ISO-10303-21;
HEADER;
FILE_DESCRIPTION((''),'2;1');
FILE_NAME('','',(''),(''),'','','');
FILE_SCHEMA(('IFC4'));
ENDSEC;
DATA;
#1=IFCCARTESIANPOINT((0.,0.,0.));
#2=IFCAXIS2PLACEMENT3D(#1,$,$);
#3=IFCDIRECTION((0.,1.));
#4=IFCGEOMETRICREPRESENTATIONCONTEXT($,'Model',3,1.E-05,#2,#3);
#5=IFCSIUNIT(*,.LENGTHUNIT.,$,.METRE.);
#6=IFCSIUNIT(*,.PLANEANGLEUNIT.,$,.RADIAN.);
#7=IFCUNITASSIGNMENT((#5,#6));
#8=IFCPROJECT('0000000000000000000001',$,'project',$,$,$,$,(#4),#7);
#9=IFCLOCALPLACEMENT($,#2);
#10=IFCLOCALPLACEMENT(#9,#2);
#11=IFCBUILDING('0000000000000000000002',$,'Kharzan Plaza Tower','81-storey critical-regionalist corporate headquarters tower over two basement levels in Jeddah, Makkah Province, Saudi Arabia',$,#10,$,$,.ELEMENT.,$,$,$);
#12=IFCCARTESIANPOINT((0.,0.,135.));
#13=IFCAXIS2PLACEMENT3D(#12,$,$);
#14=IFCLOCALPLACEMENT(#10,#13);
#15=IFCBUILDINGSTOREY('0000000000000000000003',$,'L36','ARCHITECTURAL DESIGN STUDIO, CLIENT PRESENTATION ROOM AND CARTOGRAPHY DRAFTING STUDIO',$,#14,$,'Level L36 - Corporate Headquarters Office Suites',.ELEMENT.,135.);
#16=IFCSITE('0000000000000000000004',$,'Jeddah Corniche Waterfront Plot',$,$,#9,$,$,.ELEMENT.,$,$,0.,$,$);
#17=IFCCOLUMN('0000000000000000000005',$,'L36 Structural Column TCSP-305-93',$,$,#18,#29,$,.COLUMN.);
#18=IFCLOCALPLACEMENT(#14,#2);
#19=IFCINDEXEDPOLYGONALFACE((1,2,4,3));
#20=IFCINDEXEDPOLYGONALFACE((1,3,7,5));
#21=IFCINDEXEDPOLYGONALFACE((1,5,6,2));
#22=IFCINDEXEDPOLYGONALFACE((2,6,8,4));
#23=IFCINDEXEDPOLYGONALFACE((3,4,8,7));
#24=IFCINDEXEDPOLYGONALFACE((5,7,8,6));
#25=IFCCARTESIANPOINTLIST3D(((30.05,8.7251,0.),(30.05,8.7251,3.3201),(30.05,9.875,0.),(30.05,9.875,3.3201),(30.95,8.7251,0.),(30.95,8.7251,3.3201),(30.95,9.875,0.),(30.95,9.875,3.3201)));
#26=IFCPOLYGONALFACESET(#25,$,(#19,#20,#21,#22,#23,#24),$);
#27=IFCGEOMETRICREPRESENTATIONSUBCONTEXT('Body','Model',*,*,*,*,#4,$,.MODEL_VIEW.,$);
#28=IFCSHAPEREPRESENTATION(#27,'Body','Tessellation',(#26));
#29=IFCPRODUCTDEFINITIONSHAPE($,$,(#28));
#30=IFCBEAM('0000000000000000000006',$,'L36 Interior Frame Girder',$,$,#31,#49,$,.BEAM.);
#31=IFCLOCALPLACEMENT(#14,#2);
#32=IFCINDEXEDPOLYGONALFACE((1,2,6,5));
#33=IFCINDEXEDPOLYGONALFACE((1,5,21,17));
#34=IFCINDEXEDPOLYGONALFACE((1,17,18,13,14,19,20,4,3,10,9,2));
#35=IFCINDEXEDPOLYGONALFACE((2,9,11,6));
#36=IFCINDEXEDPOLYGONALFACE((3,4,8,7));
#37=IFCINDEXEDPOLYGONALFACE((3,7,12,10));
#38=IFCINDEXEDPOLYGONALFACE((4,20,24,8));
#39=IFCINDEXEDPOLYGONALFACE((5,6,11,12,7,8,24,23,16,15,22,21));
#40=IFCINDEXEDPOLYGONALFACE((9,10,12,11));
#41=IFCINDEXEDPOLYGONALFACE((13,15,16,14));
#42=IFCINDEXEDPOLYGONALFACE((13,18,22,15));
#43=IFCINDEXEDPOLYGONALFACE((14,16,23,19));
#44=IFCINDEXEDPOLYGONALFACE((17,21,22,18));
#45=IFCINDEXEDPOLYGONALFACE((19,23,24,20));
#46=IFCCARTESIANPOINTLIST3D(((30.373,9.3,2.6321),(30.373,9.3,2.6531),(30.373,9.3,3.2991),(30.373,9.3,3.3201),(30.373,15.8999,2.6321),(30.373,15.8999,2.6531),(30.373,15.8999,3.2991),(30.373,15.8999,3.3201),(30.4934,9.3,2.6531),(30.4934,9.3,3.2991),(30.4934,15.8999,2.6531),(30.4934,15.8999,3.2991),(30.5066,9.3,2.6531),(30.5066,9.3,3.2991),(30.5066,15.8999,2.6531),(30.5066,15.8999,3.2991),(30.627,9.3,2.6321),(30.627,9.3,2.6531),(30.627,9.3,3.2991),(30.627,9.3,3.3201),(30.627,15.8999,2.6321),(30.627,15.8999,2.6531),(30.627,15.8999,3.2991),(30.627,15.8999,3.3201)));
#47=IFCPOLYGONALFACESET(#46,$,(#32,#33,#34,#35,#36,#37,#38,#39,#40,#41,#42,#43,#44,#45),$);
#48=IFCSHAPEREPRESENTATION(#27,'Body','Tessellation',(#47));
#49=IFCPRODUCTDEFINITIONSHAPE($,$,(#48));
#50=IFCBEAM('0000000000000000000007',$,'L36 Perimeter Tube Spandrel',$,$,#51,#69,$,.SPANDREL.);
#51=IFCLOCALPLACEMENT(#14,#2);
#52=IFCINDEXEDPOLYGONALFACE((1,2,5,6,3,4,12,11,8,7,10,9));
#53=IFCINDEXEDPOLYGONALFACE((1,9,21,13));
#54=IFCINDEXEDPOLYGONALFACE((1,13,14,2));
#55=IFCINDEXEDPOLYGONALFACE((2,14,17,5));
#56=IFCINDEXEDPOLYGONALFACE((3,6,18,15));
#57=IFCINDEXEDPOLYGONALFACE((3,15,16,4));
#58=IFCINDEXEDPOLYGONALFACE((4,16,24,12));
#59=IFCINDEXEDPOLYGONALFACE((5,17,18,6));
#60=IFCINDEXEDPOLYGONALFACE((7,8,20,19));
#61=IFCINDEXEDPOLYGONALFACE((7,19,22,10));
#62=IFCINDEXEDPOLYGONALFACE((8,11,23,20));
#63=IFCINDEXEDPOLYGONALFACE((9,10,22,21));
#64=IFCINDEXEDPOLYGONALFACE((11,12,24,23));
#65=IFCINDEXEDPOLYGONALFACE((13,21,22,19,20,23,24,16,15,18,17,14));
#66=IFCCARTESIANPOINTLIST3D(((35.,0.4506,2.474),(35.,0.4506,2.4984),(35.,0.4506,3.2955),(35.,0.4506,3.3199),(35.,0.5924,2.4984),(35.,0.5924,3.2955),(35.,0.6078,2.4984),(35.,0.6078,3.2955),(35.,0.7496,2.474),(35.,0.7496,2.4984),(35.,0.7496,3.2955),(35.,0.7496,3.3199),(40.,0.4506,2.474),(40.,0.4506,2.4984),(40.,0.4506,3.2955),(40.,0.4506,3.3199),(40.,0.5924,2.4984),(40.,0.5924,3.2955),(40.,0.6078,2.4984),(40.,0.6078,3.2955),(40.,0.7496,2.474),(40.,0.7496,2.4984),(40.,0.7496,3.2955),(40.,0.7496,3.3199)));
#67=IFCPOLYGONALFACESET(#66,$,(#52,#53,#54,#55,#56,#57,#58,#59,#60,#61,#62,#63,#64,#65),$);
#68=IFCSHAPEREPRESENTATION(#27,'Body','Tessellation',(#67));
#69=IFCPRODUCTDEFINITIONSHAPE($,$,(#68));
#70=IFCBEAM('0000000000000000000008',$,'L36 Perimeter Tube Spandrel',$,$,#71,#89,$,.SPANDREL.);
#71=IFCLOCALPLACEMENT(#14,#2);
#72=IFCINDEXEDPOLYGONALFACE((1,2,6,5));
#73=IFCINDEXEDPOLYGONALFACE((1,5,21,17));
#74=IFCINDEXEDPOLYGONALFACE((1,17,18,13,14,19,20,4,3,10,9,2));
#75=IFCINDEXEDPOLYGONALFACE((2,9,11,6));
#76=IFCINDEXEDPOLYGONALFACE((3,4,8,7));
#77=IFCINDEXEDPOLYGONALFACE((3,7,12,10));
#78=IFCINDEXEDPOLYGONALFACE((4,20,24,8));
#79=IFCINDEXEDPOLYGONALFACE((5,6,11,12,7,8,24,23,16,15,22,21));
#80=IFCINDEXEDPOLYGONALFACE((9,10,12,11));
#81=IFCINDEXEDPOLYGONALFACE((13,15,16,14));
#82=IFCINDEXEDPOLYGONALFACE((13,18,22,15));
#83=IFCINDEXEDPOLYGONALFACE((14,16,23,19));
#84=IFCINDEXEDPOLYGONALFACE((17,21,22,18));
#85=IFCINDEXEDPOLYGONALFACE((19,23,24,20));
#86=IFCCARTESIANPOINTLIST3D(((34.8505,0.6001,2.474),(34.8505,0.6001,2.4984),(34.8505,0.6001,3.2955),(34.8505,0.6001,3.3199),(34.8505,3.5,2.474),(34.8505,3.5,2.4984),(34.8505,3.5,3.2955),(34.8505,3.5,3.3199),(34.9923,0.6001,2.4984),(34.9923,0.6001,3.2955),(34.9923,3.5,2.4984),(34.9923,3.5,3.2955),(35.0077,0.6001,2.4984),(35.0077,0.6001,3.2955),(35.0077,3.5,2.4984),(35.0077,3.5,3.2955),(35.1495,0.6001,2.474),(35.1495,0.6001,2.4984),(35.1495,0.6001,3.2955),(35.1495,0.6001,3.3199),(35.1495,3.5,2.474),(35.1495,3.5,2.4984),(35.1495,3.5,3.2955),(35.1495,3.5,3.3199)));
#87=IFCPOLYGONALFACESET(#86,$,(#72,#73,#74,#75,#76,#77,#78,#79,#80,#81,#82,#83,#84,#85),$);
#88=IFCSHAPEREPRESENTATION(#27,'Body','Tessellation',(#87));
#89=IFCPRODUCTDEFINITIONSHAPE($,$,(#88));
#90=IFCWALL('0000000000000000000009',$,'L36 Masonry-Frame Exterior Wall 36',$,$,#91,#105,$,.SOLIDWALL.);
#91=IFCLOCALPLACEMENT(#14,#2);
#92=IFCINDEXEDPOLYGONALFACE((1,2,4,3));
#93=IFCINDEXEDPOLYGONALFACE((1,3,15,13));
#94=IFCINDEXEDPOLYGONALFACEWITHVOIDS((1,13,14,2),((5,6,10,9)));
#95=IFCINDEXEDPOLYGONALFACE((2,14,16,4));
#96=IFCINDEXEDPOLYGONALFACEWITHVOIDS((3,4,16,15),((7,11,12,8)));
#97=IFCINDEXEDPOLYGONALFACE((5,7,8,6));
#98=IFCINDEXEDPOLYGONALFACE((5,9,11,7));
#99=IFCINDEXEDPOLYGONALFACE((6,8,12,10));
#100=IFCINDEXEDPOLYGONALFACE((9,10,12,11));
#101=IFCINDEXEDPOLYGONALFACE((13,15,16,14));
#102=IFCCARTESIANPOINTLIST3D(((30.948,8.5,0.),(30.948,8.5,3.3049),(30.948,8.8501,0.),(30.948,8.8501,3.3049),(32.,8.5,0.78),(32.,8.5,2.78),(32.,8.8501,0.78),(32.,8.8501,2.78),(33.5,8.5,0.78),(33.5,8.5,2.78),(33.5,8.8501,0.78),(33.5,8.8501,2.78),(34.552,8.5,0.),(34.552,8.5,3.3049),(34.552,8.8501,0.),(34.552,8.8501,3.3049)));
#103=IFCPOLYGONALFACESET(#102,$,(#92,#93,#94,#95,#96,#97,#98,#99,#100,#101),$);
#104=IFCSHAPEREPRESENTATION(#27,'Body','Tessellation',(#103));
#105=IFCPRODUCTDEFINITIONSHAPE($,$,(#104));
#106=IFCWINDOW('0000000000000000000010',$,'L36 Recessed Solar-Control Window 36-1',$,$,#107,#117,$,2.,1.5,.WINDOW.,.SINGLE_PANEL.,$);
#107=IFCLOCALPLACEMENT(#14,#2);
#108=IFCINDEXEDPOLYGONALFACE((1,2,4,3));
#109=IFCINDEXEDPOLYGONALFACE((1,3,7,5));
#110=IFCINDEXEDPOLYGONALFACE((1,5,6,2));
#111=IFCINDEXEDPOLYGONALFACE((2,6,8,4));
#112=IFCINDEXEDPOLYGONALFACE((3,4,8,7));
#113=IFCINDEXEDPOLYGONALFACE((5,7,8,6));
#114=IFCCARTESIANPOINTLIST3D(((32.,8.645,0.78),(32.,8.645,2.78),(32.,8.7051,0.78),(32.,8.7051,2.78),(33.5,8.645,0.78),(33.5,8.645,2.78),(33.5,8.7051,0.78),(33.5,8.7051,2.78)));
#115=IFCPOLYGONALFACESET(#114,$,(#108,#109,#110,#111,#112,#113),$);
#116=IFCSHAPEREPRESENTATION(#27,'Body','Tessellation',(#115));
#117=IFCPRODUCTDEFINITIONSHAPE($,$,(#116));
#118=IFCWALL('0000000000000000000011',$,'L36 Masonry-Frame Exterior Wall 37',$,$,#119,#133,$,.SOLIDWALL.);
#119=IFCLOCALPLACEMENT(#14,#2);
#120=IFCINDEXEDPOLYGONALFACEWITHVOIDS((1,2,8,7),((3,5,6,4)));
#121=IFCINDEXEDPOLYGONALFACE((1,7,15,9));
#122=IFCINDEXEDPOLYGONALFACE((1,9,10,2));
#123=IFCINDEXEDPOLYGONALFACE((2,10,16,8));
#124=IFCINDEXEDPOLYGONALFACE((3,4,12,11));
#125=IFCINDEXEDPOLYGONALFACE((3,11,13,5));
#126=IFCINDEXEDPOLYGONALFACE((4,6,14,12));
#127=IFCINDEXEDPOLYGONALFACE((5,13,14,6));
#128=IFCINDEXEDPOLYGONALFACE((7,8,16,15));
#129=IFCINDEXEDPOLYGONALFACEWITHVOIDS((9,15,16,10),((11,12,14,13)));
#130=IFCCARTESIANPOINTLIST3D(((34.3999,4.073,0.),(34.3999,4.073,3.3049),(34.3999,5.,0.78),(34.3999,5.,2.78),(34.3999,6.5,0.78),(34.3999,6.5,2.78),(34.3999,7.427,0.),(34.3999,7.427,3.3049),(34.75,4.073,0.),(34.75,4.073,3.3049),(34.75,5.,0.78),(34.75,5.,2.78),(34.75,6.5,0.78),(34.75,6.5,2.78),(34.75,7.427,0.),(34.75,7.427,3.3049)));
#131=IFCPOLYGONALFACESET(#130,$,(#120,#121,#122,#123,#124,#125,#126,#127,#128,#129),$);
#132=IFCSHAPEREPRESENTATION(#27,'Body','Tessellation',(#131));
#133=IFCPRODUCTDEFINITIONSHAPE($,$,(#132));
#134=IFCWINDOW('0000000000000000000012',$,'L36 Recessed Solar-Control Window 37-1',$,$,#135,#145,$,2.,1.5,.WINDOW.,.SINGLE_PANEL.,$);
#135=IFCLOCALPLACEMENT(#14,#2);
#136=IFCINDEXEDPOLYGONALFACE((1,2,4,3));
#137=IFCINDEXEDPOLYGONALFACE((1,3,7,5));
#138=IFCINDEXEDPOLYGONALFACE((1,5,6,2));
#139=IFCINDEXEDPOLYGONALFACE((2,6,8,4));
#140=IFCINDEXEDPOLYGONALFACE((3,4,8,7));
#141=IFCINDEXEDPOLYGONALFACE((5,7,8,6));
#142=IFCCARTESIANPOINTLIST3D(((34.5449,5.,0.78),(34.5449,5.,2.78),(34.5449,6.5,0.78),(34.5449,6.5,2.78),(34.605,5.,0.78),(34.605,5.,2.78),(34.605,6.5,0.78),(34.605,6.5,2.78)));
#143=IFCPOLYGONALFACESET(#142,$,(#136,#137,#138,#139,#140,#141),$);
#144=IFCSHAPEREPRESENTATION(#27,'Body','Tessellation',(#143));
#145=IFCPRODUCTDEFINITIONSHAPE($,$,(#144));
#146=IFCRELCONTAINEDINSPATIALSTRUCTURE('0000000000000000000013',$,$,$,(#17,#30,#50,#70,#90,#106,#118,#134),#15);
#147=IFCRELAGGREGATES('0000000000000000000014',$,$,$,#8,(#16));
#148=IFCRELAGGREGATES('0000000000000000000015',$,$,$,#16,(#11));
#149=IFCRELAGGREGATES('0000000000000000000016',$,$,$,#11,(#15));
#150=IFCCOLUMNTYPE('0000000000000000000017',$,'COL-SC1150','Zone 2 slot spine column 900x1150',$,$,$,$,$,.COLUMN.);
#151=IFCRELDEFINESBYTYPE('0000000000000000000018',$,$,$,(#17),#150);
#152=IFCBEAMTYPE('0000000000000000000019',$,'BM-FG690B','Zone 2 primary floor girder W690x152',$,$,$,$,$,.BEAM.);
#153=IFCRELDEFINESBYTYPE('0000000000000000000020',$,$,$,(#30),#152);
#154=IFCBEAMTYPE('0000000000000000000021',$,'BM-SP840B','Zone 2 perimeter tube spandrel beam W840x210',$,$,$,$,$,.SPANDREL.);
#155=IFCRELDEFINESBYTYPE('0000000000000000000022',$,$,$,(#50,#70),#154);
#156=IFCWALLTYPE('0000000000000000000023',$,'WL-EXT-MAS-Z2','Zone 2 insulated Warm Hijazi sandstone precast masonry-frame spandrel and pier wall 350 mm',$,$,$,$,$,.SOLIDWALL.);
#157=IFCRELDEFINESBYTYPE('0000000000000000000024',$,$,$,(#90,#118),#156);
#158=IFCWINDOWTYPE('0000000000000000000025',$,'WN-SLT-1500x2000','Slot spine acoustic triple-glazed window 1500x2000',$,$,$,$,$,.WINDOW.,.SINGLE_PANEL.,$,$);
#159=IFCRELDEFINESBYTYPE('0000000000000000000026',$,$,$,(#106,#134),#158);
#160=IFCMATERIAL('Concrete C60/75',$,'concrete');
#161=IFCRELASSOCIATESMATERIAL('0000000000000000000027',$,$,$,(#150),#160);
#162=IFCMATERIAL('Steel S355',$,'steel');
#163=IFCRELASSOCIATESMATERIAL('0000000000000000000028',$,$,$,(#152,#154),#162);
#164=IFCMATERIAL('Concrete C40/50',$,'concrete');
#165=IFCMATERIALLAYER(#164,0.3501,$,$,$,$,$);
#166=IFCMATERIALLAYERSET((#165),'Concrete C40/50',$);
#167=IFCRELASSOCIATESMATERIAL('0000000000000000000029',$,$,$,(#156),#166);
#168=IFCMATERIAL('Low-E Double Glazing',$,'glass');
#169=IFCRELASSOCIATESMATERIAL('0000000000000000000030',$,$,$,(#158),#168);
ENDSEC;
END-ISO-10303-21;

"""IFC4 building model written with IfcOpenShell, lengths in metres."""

from ifc_helpers import new_model, si_unit, direction, frame, frame_2d, origin, origin_2d, place, context, subcontext, project, spatial, rectangle, i_section, extrude, source, transform, mapped, material, layer, layer_set, material_profile, profile_set, type_object, element, fill, save


model = new_model("IFC4")

# Units and contexts
model_context = context("Model", 3, precision=1e-05, world=origin(), true_north=direction((0.0, 1.0)))
body_context = subcontext(model_context, "Body", "Model", "MODEL_VIEW")
ifc_project = project(units=[si_unit("LENGTHUNIT", "METRE"), si_unit("PLANEANGLEUNIT", "RADIAN")], contexts=[model_context])

# Site, building, storey
site_placement = place(None, origin())
site = spatial("IfcSite", under=ifc_project, at=site_placement, Name="Jeddah Corniche Waterfront Plot", CompositionType="ELEMENT", RefElevation=0.0)
building_placement = place(site_placement, origin())
building = spatial("IfcBuilding", under=site, at=building_placement, Name="Kharzan Plaza Tower", Description="81-storey critical-regionalist corporate headquarters tower over two basement levels in Jeddah, Makkah Province, Saudi Arabia", CompositionType="ELEMENT")
storey_placement = place(building_placement, frame((0.0, 0.0, 135.0)))
storey = spatial("IfcBuildingStorey", under=building, at=storey_placement, Name="L36", Description="ARCHITECTURAL DESIGN STUDIO, CLIENT PRESENTATION ROOM AND CARTOGRAPHY DRAFTING STUDIO", LongName="Level L36 - Corporate Headquarters Office Suites", CompositionType="ELEMENT", Elevation=135.0)

# Column
ifc_material_1 = material(Name="Concrete C60/75", Category="concrete")
ifc_material_profile_1 = material_profile(ifc_material_1, rectangle(XDim=0.8999, YDim=1.1499, at=origin_2d()), Name="RC-SC1150x900")
ifc_profile_set_1 = profile_set([ifc_material_profile_1], Name="Concrete C60/75")
column_type = type_object("IfcColumnType", Name="COL-SC1150", Description="Zone 2 slot spine column 900x1150", PredefinedType="COLUMN", material=ifc_profile_set_1)
shared_shape_1 = source(origin(), body_context, "Body", "SweptSolid", [
    extrude(rectangle(XDim=0.8999, YDim=1.1499, at=origin_2d()), origin(), (0.0, 0.0, 1.0), 3.3201),
])
column_placement = place(storey_placement, frame((30.5, 9.3, 0.0), z_axis=(0.0, 0.0, 1.0), x_axis=(1.0, 0.0, 0.0)))
element("IfcColumn", 1, at=column_placement, inside=storey, type_object=column_type, Name="L36 Structural Column TCSP-305-93", PredefinedType="COLUMN", context=body_context, shape_type="MappedRepresentation", body=[
    mapped(shared_shape_1, transform((0.0, 0.0, 0.0), x_axis=(1.0, 0.0, 0.0), y_axis=(0.0, 1.0, 0.0), z_axis=(0.0, 0.0, 1.0))),
])

# Beams
ifc_material_2 = material(Name="Steel S355", Category="steel")
ifc_material_profile_2 = material_profile(ifc_material_2, i_section(OverallWidth=0.2539, OverallDepth=0.688, WebThickness=0.0132, FlangeThickness=0.021, at=origin_2d()), Name="W690x152")
ifc_profile_set_2 = profile_set([ifc_material_profile_2], Name="Steel S355")
beam_type_1 = type_object("IfcBeamType", Name="BM-FG690B", Description="Zone 2 primary floor girder W690x152", PredefinedType="BEAM", material=ifc_profile_set_2)
shared_shape_2 = source(origin(), body_context, "Body", "SweptSolid", [
    extrude(i_section(OverallWidth=0.2539, OverallDepth=0.688, WebThickness=0.0132, FlangeThickness=0.021, at=origin_2d()), origin(), (0.0, 0.0, 1.0), 6.5999),
])
beam_1_placement = place(storey_placement, frame((30.5, 9.3, 2.9761), z_axis=(0.0, 1.0, 0.0), x_axis=(-1.0, 0.0, 0.0)))
element("IfcBeam", 2, at=beam_1_placement, inside=storey, type_object=beam_type_1, Name="L36 Interior Frame Girder", PredefinedType="BEAM", context=body_context, shape_type="MappedRepresentation", body=[
    mapped(shared_shape_2, transform((0.0, 0.0, 0.0), x_axis=(1.0, 0.0, 0.0), y_axis=(0.0, 1.0, 0.0), z_axis=(0.0, 0.0, 1.0))),
])
ifc_material_profile_3 = material_profile(ifc_material_2, i_section(OverallWidth=0.2991, OverallDepth=0.8459, WebThickness=0.0154, FlangeThickness=0.0244, at=origin_2d()), Name="W840x210")
ifc_profile_set_3 = profile_set([ifc_material_profile_3], Name="Steel S355")
beam_type_2 = type_object("IfcBeamType", Name="BM-SP840B", Description="Zone 2 perimeter tube spandrel beam W840x210", PredefinedType="SPANDREL", material=ifc_profile_set_3)
shared_shape_3 = source(origin(), body_context, "Body", "SweptSolid", [
    extrude(i_section(OverallWidth=0.2991, OverallDepth=0.8459, WebThickness=0.0154, FlangeThickness=0.0244, at=origin_2d()), origin(), (0.0, 0.0, 1.0), 5.0),
])
beam_2_placement = place(storey_placement, frame((35.0, 0.6001, 2.897), z_axis=(1.0, 0.0, 0.0), x_axis=(0.0, 1.0, 0.0)))
element("IfcBeam", 3, at=beam_2_placement, inside=storey, type_object=beam_type_2, Name="L36 Perimeter Tube Spandrel", PredefinedType="SPANDREL", context=body_context, shape_type="MappedRepresentation", body=[
    mapped(shared_shape_3, transform((0.0, 0.0, 0.0), x_axis=(1.0, 0.0, 0.0), y_axis=(0.0, 1.0, 0.0), z_axis=(0.0, 0.0, 1.0))),
])
shared_shape_4 = source(origin(), body_context, "Body", "SweptSolid", [
    extrude(i_section(OverallWidth=0.2991, OverallDepth=0.8459, WebThickness=0.0154, FlangeThickness=0.0244, at=origin_2d()), origin(), (0.0, 0.0, 1.0), 2.8999),
])
beam_3_placement = place(storey_placement, frame((35.0, 0.6001, 2.897), z_axis=(0.0, 1.0, 0.0), x_axis=(-1.0, 0.0, 0.0)))
element("IfcBeam", 4, at=beam_3_placement, inside=storey, type_object=beam_type_2, Name="L36 Perimeter Tube Spandrel", PredefinedType="SPANDREL", context=body_context, shape_type="MappedRepresentation", body=[
    mapped(shared_shape_4, transform((0.0, 0.0, 0.0), x_axis=(1.0, 0.0, 0.0), y_axis=(0.0, 1.0, 0.0), z_axis=(0.0, 0.0, 1.0))),
])

# Walls, openings, windows
ifc_material_3 = material(Name="Concrete C40/50", Category="concrete")
ifc_layer_1 = layer(ifc_material_3, 0.3501)
ifc_layer_set_1 = layer_set([ifc_layer_1], Name="Concrete C40/50")
wall_type_1 = type_object("IfcWallType", Name="WL-EXT-MAS-Z2", Description="Zone 2 insulated Warm Hijazi sandstone precast masonry-frame spandrel and pier wall 350 mm", PredefinedType="SOLIDWALL", material=ifc_layer_set_1)
wall_1_placement = place(storey_placement, frame((30.948, 8.675, 0.0), z_axis=(0.0, 0.0, 1.0), x_axis=(1.0, 0.0, 0.0)))
wall_1 = element("IfcWall", 5, at=wall_1_placement, inside=storey, type_object=wall_type_1, Name="L36 Masonry-Frame Exterior Wall 36", PredefinedType="SOLIDWALL", context=body_context, shape_type="SweptSolid", body=[
    extrude(rectangle(XDim=3.604, YDim=0.3501, at=frame_2d((1.802, 0.0))), origin(), (0.0, 0.0, 1.0), 3.3049),
])
opening_1_placement = place(wall_1_placement, frame((1.052, 0.0, 0.78)))
opening_1 = element("IfcOpeningElement", 6, at=opening_1_placement, cuts=wall_1, PredefinedType="OPENING", context=body_context, shape_type="SweptSolid", body=[
    extrude(rectangle(XDim=1.5, YDim=2.0, at=frame_2d((0.75, 1.0))), frame((0.0, 0.1851, 0.0), z_axis=(0.0, -1.0, 0.0), x_axis=(1.0, 0.0, 0.0)), (0.0, 0.0, 1.0), 0.3701),
])
ifc_material_4 = material(Name="Low-E Double Glazing", Category="glass")
window_type = type_object("IfcWindowType", Name="WN-SLT-1500x2000", Description="Slot spine acoustic triple-glazed window 1500x2000", PartitioningType="SINGLE_PANEL", PredefinedType="WINDOW", material=ifc_material_4)
shared_shape_5 = source(origin(), body_context, "Body", "SweptSolid", [
    extrude(rectangle(XDim=1.5, YDim=2.0, at=frame_2d((0.75, 1.0))), frame((0.0, 0.03, 0.0), z_axis=(0.0, -1.0, 0.0), x_axis=(1.0, 0.0, 0.0)), (0.0, 0.0, 1.0), 0.0601),
])
window_1_placement = place(opening_1_placement, origin())
window_1 = element("IfcWindow", 7, at=window_1_placement, inside=storey, type_object=window_type, Name="L36 Recessed Solar-Control Window 36-1", OverallHeight=2.0, OverallWidth=1.5, PartitioningType="SINGLE_PANEL", PredefinedType="WINDOW", context=body_context, shape_type="MappedRepresentation", body=[
    mapped(shared_shape_5, transform((0.0, 0.0, 0.0), x_axis=(1.0, 0.0, 0.0), y_axis=(0.0, 1.0, 0.0), z_axis=(0.0, 0.0, 1.0))),
])
fill(opening_1, window_1)
wall_2_placement = place(storey_placement, frame((34.575, 7.427, 0.0), z_axis=(0.0, 0.0, 1.0), x_axis=(0.0, -1.0, 0.0)))
wall_2 = element("IfcWall", 8, at=wall_2_placement, inside=storey, type_object=wall_type_1, Name="L36 Masonry-Frame Exterior Wall 37", PredefinedType="SOLIDWALL", context=body_context, shape_type="SweptSolid", body=[
    extrude(rectangle(XDim=3.354, YDim=0.3501, at=frame_2d((1.677, 0.0))), origin(), (0.0, 0.0, 1.0), 3.3049),
])
opening_2_placement = place(wall_2_placement, frame((0.927, 0.0, 0.78)))
opening_2 = element("IfcOpeningElement", 9, at=opening_2_placement, cuts=wall_2, PredefinedType="OPENING", context=body_context, shape_type="SweptSolid", body=[
    extrude(rectangle(XDim=1.5, YDim=2.0, at=frame_2d((0.75, 1.0))), frame((0.0, 0.1851, 0.0), z_axis=(0.0, -1.0, 0.0), x_axis=(1.0, 0.0, 0.0)), (0.0, 0.0, 1.0), 0.3701),
])
window_2_placement = place(opening_2_placement, origin())
window_2 = element("IfcWindow", 10, at=window_2_placement, inside=storey, type_object=window_type, Name="L36 Recessed Solar-Control Window 37-1", OverallHeight=2.0, OverallWidth=1.5, PartitioningType="SINGLE_PANEL", PredefinedType="WINDOW", context=body_context, shape_type="MappedRepresentation", body=[
    mapped(shared_shape_5, transform((0.0, 0.0, 0.0), x_axis=(1.0, 0.0, 0.0), y_axis=(0.0, 1.0, 0.0), z_axis=(0.0, 0.0, 1.0))),
])
fill(opening_2, window_2)

save(model, "model.ifc")
